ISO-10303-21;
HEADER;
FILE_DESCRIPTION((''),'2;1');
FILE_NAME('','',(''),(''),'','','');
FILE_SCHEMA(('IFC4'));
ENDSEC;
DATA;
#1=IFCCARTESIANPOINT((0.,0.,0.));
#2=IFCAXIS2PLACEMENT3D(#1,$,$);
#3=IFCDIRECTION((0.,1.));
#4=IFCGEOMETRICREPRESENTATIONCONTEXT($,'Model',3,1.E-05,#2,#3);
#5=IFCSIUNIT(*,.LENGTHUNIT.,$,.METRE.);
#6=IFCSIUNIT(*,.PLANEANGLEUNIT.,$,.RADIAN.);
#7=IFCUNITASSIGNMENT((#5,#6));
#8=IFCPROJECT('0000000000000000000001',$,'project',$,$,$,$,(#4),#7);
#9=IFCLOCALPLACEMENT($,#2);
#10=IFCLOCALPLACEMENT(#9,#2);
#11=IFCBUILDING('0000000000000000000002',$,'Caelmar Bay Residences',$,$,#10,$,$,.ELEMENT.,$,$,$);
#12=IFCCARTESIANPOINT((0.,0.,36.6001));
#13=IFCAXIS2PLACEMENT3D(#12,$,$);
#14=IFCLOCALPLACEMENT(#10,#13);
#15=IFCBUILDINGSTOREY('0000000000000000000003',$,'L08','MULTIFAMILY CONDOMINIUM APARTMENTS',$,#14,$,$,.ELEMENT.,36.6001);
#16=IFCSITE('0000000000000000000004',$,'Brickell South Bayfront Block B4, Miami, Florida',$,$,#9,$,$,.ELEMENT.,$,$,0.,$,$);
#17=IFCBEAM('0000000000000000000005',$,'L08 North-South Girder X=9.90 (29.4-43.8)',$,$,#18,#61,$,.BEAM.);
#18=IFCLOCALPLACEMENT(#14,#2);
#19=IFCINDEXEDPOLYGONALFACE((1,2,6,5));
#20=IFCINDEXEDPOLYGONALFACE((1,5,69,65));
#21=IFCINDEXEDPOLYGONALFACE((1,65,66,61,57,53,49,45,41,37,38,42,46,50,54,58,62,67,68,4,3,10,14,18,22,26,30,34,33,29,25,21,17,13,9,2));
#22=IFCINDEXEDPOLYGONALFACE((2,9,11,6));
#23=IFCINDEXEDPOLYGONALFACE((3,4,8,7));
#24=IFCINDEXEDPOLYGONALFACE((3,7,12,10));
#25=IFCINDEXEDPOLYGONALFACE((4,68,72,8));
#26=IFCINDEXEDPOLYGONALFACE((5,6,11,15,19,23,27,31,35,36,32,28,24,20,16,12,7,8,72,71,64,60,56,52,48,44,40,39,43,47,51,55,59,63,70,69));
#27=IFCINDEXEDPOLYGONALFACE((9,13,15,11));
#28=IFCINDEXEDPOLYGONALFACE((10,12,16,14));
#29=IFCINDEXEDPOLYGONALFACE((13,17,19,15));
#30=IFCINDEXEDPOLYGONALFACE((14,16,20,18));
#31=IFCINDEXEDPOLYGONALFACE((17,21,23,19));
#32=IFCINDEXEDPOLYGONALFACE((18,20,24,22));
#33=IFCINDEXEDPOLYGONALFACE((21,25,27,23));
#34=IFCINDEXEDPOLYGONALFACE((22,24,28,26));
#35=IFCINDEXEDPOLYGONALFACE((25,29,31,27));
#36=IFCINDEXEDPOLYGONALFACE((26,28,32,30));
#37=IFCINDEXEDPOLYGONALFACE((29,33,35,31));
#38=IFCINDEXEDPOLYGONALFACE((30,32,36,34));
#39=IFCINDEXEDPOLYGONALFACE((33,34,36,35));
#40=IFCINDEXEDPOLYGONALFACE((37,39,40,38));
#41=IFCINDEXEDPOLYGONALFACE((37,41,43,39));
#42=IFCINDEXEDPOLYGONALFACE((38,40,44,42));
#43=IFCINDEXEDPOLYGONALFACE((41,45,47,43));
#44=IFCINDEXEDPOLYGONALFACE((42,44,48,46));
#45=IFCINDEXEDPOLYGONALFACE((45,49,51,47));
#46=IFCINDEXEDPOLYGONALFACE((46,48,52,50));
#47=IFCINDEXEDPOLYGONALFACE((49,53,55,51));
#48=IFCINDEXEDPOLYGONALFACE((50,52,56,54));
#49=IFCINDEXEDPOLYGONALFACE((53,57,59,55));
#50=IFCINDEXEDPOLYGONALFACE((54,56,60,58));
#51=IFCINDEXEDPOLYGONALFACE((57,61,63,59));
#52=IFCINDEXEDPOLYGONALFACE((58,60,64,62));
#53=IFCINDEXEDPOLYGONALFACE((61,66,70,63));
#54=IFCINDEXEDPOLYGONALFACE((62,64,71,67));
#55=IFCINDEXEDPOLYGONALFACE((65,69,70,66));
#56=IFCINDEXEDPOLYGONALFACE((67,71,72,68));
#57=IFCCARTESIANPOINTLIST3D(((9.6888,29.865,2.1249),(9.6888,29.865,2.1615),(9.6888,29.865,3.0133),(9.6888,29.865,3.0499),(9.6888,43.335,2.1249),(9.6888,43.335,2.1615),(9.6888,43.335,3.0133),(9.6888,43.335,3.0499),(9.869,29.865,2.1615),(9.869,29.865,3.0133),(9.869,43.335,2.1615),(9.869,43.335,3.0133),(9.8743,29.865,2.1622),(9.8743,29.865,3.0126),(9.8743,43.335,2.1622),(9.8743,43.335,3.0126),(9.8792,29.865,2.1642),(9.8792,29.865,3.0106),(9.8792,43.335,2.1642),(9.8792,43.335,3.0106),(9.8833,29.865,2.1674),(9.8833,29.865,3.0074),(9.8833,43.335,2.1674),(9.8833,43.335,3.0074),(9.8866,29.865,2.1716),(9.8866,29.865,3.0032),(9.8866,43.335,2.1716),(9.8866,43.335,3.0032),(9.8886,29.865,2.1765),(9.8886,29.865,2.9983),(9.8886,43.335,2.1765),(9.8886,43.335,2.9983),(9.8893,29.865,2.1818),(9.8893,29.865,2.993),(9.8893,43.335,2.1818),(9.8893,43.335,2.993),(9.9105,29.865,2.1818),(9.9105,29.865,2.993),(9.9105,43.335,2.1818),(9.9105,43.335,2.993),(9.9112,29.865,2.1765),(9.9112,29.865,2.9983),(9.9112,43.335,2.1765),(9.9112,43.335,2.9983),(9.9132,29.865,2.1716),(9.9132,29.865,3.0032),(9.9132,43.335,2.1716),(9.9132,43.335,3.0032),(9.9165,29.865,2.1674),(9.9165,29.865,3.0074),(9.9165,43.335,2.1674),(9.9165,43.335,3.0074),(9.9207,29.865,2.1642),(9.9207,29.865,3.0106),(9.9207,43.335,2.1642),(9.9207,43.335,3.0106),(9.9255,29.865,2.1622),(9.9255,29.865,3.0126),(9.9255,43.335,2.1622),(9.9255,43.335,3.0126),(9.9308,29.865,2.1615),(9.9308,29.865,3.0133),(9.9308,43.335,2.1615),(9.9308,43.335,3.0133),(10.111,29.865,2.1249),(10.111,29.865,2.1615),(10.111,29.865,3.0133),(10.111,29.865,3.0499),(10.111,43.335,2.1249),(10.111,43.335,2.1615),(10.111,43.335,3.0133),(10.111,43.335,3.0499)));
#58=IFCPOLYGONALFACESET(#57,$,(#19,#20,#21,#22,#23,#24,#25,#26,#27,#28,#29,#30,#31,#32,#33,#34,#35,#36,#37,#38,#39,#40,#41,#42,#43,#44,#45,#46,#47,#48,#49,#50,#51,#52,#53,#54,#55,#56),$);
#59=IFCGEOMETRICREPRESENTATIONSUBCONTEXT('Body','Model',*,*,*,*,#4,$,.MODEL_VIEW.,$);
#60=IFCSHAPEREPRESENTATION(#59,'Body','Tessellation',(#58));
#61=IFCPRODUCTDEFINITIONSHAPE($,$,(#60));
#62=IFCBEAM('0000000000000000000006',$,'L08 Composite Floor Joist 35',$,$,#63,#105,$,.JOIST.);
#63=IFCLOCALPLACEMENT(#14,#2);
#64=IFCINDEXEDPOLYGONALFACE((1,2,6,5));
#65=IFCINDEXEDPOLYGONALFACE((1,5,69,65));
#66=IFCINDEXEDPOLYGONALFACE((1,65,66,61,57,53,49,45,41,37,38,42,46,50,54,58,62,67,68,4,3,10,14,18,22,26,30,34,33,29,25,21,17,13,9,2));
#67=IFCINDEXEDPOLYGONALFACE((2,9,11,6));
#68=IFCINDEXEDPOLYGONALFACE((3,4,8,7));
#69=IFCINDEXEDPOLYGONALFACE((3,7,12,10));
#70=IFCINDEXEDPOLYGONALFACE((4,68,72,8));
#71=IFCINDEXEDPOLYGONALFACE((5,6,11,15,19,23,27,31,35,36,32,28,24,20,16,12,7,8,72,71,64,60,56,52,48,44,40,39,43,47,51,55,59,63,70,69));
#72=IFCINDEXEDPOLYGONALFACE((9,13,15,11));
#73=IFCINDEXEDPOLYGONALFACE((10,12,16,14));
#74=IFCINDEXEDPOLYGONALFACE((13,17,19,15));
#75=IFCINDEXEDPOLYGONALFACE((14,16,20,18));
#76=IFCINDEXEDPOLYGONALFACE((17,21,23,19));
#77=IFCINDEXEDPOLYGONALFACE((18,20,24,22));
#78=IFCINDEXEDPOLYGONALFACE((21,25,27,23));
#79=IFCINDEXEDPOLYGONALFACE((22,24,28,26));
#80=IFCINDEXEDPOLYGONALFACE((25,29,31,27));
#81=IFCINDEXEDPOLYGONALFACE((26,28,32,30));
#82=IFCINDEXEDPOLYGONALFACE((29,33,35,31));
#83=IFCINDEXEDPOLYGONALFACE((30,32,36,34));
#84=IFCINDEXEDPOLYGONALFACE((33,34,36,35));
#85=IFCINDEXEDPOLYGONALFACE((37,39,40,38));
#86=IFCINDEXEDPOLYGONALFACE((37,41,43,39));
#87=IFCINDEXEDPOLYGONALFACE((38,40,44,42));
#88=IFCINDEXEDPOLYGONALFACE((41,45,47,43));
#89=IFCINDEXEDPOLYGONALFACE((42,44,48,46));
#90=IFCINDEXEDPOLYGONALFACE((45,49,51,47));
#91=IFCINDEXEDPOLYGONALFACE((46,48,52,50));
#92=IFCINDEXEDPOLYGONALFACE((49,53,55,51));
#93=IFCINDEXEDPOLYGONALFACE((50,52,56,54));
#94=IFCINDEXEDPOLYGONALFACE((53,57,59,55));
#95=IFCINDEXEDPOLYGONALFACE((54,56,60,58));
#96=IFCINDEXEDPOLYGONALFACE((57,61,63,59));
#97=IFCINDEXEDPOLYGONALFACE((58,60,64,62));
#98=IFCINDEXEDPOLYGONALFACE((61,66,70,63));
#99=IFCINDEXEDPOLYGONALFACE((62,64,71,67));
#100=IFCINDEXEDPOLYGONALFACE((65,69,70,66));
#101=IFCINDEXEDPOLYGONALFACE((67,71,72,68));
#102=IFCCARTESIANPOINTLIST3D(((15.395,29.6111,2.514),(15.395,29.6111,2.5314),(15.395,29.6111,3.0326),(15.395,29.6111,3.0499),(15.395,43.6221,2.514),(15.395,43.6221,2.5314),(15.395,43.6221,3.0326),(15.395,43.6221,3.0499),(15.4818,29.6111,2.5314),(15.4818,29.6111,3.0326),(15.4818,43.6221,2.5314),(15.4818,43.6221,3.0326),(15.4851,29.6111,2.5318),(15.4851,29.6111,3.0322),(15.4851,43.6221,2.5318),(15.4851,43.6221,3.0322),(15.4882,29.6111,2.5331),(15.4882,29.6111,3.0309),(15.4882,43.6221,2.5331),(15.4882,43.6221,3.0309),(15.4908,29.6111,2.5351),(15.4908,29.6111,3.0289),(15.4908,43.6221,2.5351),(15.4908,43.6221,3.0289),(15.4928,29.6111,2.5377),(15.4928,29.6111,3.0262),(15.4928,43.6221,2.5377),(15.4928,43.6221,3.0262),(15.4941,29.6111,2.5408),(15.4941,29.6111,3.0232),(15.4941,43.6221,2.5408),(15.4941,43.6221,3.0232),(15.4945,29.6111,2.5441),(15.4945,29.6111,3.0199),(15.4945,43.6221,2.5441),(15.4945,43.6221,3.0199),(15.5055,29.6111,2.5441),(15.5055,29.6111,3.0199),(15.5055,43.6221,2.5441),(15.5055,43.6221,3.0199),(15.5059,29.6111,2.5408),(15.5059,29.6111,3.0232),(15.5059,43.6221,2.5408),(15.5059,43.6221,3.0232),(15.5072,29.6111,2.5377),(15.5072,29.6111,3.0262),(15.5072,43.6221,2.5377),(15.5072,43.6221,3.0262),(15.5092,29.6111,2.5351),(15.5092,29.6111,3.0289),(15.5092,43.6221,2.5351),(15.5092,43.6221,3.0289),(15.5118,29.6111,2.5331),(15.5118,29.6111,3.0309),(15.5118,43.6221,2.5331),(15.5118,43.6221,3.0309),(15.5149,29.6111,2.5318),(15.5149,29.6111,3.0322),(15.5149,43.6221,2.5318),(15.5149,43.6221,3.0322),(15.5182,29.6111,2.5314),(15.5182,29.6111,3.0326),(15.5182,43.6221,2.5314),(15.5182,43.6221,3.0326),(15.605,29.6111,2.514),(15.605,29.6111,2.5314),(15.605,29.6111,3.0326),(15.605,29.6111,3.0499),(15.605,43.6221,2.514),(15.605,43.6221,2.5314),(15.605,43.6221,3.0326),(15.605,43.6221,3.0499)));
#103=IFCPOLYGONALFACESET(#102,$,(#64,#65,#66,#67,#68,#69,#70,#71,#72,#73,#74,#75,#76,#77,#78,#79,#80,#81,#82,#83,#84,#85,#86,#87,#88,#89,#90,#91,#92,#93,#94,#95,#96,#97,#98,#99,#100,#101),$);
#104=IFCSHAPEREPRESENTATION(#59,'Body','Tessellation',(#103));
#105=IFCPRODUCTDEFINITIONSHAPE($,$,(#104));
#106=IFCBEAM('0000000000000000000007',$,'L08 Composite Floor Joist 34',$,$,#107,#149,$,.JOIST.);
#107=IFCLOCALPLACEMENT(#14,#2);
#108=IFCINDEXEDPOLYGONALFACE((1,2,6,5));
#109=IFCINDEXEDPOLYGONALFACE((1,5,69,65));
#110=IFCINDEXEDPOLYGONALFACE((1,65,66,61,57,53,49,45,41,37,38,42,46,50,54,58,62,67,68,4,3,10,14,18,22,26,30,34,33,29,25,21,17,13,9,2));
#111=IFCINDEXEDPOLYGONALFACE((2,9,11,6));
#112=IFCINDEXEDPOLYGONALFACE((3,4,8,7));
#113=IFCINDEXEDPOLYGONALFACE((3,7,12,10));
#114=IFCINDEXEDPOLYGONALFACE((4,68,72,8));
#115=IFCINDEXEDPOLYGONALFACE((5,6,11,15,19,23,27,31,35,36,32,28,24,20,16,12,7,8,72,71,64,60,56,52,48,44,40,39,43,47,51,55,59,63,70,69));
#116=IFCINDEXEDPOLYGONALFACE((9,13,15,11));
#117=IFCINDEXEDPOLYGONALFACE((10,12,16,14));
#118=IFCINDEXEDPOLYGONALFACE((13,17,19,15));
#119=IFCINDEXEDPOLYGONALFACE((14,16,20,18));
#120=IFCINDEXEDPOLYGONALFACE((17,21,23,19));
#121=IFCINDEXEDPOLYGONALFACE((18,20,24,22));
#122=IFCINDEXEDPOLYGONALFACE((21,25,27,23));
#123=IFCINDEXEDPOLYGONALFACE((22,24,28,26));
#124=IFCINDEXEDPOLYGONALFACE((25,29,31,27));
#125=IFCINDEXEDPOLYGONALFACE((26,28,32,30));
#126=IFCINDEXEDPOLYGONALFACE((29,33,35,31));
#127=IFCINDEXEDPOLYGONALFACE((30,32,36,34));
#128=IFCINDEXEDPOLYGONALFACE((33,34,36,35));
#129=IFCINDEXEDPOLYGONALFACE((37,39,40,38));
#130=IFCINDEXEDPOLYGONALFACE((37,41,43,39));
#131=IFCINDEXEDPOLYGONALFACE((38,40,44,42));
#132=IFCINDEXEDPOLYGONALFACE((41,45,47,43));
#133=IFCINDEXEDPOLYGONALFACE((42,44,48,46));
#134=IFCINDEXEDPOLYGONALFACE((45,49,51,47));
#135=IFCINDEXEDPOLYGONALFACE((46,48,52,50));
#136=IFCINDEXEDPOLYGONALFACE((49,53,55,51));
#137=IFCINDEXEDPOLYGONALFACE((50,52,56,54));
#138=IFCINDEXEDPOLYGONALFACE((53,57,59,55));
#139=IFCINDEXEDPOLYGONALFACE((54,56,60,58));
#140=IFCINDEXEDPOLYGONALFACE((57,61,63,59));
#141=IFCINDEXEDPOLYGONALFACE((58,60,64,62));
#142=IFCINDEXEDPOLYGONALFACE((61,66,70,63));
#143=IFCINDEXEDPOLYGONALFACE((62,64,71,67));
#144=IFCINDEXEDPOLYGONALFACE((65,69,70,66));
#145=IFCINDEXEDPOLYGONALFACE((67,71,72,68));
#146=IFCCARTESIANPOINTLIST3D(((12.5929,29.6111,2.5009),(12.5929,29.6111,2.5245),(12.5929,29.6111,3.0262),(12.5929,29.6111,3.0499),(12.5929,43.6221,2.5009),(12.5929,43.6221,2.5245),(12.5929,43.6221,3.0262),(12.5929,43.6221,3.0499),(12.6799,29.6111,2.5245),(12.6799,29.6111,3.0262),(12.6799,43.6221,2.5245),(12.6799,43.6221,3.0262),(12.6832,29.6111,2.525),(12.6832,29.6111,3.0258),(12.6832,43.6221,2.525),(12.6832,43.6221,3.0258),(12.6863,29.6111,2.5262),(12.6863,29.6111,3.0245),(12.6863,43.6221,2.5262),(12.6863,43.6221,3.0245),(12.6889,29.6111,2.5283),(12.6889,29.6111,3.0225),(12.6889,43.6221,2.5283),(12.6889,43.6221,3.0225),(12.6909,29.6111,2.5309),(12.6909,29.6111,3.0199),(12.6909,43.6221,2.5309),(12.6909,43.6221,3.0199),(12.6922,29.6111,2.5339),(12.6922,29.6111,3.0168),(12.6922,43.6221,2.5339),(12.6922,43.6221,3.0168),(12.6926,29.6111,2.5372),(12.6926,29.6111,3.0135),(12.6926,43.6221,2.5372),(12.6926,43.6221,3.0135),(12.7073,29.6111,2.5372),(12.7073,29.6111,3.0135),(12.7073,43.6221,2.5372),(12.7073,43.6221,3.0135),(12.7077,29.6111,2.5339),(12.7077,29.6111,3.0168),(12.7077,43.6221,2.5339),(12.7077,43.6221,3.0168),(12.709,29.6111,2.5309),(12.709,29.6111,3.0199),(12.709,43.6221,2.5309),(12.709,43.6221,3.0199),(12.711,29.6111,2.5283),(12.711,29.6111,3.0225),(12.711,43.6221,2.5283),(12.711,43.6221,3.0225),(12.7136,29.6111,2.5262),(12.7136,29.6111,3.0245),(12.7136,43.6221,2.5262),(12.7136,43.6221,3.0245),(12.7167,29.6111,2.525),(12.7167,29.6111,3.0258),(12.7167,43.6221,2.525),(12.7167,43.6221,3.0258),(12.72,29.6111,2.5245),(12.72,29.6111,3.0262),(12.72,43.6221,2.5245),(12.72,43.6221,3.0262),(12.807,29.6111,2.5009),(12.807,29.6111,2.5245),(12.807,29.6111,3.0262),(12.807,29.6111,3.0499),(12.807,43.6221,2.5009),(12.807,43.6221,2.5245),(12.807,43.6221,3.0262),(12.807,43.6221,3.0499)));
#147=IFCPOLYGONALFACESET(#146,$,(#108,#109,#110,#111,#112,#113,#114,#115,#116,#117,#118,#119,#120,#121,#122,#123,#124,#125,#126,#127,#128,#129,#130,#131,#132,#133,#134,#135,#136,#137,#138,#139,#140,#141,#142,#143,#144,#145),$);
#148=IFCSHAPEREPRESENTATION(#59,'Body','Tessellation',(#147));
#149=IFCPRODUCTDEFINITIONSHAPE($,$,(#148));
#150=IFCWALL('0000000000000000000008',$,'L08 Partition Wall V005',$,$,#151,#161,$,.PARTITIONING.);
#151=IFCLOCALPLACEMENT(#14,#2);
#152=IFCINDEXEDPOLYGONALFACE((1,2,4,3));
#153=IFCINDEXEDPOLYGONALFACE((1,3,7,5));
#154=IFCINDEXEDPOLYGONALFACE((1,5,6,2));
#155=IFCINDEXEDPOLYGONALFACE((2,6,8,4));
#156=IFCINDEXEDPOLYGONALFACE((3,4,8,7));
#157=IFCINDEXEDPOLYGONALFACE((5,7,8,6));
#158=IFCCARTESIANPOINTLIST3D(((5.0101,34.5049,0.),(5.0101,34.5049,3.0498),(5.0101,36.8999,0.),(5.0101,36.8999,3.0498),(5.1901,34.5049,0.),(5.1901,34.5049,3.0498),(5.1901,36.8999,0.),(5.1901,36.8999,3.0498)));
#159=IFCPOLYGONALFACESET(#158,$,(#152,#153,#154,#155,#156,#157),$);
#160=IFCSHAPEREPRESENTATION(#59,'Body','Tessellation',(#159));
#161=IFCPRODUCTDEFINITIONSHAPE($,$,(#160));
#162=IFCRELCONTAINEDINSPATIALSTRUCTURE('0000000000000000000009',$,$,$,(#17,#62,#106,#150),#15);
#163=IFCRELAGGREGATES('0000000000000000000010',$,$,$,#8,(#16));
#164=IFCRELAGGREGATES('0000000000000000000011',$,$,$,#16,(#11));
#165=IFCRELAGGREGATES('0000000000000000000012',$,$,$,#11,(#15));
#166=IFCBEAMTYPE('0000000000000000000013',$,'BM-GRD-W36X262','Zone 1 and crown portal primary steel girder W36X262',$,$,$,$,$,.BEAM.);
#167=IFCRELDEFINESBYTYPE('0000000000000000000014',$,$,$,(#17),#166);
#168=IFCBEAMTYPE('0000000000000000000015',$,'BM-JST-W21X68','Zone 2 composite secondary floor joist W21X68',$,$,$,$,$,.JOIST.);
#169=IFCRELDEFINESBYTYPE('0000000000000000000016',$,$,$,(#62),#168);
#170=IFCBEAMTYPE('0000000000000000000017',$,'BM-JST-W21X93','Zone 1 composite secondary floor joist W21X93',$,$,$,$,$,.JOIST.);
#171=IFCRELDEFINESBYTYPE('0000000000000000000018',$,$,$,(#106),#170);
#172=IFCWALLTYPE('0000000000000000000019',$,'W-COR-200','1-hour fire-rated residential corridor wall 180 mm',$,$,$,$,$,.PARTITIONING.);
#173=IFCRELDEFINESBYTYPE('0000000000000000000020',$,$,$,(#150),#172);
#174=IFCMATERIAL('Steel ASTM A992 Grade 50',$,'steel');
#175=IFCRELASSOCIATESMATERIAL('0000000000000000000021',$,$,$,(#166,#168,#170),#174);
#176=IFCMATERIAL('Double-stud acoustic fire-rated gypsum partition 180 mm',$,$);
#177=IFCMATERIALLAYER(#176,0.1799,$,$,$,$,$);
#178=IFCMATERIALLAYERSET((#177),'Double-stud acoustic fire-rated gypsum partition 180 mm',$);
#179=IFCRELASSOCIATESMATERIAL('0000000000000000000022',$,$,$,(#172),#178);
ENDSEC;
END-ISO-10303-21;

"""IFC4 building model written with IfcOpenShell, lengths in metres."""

from ifc_helpers import new_model, si_unit, direction, frame, frame_2d, origin, origin_2d, place, context, subcontext, project, spatial, rectangle, i_section, extrude, material, layer, layer_set, material_profile, profile_set, type_object, element, save


model = new_model("IFC4")

# Units and contexts
model_context = context("Model", 3, precision=1e-05, world=origin(), true_north=direction((0.0, 1.0)))
body_context = subcontext(model_context, "Body", "Model", "MODEL_VIEW")
ifc_project = project(units=[si_unit("LENGTHUNIT", "METRE"), si_unit("PLANEANGLEUNIT", "RADIAN")], contexts=[model_context])

# Site, building, storey
site_placement = place(None, origin())
site = spatial("IfcSite", under=ifc_project, at=site_placement, Name="Brickell South Bayfront Block B4, Miami, Florida", CompositionType="ELEMENT", RefElevation=0.0)
building_placement = place(site_placement, origin())
building = spatial("IfcBuilding", under=site, at=building_placement, Name="Caelmar Bay Residences", CompositionType="ELEMENT")
storey_placement = place(building_placement, frame((0.0, 0.0, 36.6001)))
storey = spatial("IfcBuildingStorey", under=building, at=storey_placement, Name="L08", Description="MULTIFAMILY CONDOMINIUM APARTMENTS", CompositionType="ELEMENT", Elevation=36.6001)

# Beams
ifc_material_1 = material(Name="Steel ASTM A992 Grade 50", Category="steel")
ifc_material_profile_1 = material_profile(ifc_material_1, i_section(OverallWidth=0.4221, OverallDepth=0.925, WebThickness=0.0212, FlangeThickness=0.0366, FilletRadius=0.0203, at=origin_2d()), Name="W36X262")
ifc_profile_set_1 = profile_set([ifc_material_profile_1], Name="Steel ASTM A992 Grade 50")
beam_type_1 = type_object("IfcBeamType", Name="BM-GRD-W36X262", Description="Zone 1 and crown portal primary steel girder W36X262", PredefinedType="BEAM", material=ifc_profile_set_1)
beam_1_placement = place(storey_placement, frame((9.8999, 29.865, 2.5874), z_axis=(0.0, 1.0, 0.0), x_axis=(-1.0, 0.0, 0.0)))
element("IfcBeam", 1, at=beam_1_placement, inside=storey, type_object=beam_type_1, Name="L08 North-South Girder X=9.90 (29.4-43.8)", PredefinedType="BEAM", context=body_context, shape_type="SweptSolid", body=[
    extrude(i_section(OverallWidth=0.4221, OverallDepth=0.925, WebThickness=0.0212, FlangeThickness=0.0366, FilletRadius=0.0203, at=origin_2d()), origin(), (0.0, 0.0, 1.0), 13.47),
])
ifc_material_profile_2 = material_profile(ifc_material_1, i_section(OverallWidth=0.21, OverallDepth=0.5359, WebThickness=0.011, FlangeThickness=0.0173, FilletRadius=0.0127, at=origin_2d()), Name="W21X68")
ifc_profile_set_2 = profile_set([ifc_material_profile_2], Name="Steel ASTM A992 Grade 50")
beam_type_2 = type_object("IfcBeamType", Name="BM-JST-W21X68", Description="Zone 2 composite secondary floor joist W21X68", PredefinedType="JOIST", material=ifc_profile_set_2)
beam_2_placement = place(storey_placement, frame((15.5, 29.6111, 2.782), z_axis=(0.0, 1.0, 0.0), x_axis=(-1.0, 0.0, 0.0)))
element("IfcBeam", 2, at=beam_2_placement, inside=storey, type_object=beam_type_2, Name="L08 Composite Floor Joist 35", PredefinedType="JOIST", context=body_context, shape_type="SweptSolid", body=[
    extrude(i_section(OverallWidth=0.21, OverallDepth=0.5359, WebThickness=0.011, FlangeThickness=0.0173, FilletRadius=0.0127, at=origin_2d()), origin(), (0.0, 0.0, 1.0), 14.011),
])
ifc_material_profile_3 = material_profile(ifc_material_1, i_section(OverallWidth=0.2141, OverallDepth=0.5491, WebThickness=0.0146, FlangeThickness=0.0237, FilletRadius=0.0127, at=origin_2d()), Name="W21X93")
ifc_profile_set_3 = profile_set([ifc_material_profile_3], Name="Steel ASTM A992 Grade 50")
beam_type_3 = type_object("IfcBeamType", Name="BM-JST-W21X93", Description="Zone 1 composite secondary floor joist W21X93", PredefinedType="JOIST", material=ifc_profile_set_3)
beam_3_placement = place(storey_placement, frame((12.7, 29.6111, 2.7754), z_axis=(0.0, 1.0, 0.0), x_axis=(-1.0, 0.0, 0.0)))
element("IfcBeam", 3, at=beam_3_placement, inside=storey, type_object=beam_type_3, Name="L08 Composite Floor Joist 34", PredefinedType="JOIST", context=body_context, shape_type="SweptSolid", body=[
    extrude(i_section(OverallWidth=0.2141, OverallDepth=0.5491, WebThickness=0.0146, FlangeThickness=0.0237, FilletRadius=0.0127, at=origin_2d()), origin(), (0.0, 0.0, 1.0), 14.011),
])

# Wall
ifc_material_2 = material(Name="Double-stud acoustic fire-rated gypsum partition 180 mm")
ifc_layer_1 = layer(ifc_material_2, 0.1799)
ifc_layer_set_1 = layer_set([ifc_layer_1], Name="Double-stud acoustic fire-rated gypsum partition 180 mm")
wall_type_1 = type_object("IfcWallType", Name="W-COR-200", Description="1-hour fire-rated residential corridor wall 180 mm", PredefinedType="PARTITIONING", material=ifc_layer_set_1)
wall_1_placement = place(storey_placement, frame((5.1001, 34.5049, 0.0), z_axis=(0.0, 0.0, 1.0), x_axis=(0.0, 1.0, 0.0)))
element("IfcWall", 4, at=wall_1_placement, inside=storey, type_object=wall_type_1, Name="L08 Partition Wall V005", PredefinedType="PARTITIONING", context=body_context, shape_type="SweptSolid", body=[
    extrude(rectangle(XDim=2.395, YDim=0.1799, at=frame_2d((1.1975, 0.0))), origin(), (0.0, 0.0, 1.0), 3.0498),
])

save(model, "model.ifc")
